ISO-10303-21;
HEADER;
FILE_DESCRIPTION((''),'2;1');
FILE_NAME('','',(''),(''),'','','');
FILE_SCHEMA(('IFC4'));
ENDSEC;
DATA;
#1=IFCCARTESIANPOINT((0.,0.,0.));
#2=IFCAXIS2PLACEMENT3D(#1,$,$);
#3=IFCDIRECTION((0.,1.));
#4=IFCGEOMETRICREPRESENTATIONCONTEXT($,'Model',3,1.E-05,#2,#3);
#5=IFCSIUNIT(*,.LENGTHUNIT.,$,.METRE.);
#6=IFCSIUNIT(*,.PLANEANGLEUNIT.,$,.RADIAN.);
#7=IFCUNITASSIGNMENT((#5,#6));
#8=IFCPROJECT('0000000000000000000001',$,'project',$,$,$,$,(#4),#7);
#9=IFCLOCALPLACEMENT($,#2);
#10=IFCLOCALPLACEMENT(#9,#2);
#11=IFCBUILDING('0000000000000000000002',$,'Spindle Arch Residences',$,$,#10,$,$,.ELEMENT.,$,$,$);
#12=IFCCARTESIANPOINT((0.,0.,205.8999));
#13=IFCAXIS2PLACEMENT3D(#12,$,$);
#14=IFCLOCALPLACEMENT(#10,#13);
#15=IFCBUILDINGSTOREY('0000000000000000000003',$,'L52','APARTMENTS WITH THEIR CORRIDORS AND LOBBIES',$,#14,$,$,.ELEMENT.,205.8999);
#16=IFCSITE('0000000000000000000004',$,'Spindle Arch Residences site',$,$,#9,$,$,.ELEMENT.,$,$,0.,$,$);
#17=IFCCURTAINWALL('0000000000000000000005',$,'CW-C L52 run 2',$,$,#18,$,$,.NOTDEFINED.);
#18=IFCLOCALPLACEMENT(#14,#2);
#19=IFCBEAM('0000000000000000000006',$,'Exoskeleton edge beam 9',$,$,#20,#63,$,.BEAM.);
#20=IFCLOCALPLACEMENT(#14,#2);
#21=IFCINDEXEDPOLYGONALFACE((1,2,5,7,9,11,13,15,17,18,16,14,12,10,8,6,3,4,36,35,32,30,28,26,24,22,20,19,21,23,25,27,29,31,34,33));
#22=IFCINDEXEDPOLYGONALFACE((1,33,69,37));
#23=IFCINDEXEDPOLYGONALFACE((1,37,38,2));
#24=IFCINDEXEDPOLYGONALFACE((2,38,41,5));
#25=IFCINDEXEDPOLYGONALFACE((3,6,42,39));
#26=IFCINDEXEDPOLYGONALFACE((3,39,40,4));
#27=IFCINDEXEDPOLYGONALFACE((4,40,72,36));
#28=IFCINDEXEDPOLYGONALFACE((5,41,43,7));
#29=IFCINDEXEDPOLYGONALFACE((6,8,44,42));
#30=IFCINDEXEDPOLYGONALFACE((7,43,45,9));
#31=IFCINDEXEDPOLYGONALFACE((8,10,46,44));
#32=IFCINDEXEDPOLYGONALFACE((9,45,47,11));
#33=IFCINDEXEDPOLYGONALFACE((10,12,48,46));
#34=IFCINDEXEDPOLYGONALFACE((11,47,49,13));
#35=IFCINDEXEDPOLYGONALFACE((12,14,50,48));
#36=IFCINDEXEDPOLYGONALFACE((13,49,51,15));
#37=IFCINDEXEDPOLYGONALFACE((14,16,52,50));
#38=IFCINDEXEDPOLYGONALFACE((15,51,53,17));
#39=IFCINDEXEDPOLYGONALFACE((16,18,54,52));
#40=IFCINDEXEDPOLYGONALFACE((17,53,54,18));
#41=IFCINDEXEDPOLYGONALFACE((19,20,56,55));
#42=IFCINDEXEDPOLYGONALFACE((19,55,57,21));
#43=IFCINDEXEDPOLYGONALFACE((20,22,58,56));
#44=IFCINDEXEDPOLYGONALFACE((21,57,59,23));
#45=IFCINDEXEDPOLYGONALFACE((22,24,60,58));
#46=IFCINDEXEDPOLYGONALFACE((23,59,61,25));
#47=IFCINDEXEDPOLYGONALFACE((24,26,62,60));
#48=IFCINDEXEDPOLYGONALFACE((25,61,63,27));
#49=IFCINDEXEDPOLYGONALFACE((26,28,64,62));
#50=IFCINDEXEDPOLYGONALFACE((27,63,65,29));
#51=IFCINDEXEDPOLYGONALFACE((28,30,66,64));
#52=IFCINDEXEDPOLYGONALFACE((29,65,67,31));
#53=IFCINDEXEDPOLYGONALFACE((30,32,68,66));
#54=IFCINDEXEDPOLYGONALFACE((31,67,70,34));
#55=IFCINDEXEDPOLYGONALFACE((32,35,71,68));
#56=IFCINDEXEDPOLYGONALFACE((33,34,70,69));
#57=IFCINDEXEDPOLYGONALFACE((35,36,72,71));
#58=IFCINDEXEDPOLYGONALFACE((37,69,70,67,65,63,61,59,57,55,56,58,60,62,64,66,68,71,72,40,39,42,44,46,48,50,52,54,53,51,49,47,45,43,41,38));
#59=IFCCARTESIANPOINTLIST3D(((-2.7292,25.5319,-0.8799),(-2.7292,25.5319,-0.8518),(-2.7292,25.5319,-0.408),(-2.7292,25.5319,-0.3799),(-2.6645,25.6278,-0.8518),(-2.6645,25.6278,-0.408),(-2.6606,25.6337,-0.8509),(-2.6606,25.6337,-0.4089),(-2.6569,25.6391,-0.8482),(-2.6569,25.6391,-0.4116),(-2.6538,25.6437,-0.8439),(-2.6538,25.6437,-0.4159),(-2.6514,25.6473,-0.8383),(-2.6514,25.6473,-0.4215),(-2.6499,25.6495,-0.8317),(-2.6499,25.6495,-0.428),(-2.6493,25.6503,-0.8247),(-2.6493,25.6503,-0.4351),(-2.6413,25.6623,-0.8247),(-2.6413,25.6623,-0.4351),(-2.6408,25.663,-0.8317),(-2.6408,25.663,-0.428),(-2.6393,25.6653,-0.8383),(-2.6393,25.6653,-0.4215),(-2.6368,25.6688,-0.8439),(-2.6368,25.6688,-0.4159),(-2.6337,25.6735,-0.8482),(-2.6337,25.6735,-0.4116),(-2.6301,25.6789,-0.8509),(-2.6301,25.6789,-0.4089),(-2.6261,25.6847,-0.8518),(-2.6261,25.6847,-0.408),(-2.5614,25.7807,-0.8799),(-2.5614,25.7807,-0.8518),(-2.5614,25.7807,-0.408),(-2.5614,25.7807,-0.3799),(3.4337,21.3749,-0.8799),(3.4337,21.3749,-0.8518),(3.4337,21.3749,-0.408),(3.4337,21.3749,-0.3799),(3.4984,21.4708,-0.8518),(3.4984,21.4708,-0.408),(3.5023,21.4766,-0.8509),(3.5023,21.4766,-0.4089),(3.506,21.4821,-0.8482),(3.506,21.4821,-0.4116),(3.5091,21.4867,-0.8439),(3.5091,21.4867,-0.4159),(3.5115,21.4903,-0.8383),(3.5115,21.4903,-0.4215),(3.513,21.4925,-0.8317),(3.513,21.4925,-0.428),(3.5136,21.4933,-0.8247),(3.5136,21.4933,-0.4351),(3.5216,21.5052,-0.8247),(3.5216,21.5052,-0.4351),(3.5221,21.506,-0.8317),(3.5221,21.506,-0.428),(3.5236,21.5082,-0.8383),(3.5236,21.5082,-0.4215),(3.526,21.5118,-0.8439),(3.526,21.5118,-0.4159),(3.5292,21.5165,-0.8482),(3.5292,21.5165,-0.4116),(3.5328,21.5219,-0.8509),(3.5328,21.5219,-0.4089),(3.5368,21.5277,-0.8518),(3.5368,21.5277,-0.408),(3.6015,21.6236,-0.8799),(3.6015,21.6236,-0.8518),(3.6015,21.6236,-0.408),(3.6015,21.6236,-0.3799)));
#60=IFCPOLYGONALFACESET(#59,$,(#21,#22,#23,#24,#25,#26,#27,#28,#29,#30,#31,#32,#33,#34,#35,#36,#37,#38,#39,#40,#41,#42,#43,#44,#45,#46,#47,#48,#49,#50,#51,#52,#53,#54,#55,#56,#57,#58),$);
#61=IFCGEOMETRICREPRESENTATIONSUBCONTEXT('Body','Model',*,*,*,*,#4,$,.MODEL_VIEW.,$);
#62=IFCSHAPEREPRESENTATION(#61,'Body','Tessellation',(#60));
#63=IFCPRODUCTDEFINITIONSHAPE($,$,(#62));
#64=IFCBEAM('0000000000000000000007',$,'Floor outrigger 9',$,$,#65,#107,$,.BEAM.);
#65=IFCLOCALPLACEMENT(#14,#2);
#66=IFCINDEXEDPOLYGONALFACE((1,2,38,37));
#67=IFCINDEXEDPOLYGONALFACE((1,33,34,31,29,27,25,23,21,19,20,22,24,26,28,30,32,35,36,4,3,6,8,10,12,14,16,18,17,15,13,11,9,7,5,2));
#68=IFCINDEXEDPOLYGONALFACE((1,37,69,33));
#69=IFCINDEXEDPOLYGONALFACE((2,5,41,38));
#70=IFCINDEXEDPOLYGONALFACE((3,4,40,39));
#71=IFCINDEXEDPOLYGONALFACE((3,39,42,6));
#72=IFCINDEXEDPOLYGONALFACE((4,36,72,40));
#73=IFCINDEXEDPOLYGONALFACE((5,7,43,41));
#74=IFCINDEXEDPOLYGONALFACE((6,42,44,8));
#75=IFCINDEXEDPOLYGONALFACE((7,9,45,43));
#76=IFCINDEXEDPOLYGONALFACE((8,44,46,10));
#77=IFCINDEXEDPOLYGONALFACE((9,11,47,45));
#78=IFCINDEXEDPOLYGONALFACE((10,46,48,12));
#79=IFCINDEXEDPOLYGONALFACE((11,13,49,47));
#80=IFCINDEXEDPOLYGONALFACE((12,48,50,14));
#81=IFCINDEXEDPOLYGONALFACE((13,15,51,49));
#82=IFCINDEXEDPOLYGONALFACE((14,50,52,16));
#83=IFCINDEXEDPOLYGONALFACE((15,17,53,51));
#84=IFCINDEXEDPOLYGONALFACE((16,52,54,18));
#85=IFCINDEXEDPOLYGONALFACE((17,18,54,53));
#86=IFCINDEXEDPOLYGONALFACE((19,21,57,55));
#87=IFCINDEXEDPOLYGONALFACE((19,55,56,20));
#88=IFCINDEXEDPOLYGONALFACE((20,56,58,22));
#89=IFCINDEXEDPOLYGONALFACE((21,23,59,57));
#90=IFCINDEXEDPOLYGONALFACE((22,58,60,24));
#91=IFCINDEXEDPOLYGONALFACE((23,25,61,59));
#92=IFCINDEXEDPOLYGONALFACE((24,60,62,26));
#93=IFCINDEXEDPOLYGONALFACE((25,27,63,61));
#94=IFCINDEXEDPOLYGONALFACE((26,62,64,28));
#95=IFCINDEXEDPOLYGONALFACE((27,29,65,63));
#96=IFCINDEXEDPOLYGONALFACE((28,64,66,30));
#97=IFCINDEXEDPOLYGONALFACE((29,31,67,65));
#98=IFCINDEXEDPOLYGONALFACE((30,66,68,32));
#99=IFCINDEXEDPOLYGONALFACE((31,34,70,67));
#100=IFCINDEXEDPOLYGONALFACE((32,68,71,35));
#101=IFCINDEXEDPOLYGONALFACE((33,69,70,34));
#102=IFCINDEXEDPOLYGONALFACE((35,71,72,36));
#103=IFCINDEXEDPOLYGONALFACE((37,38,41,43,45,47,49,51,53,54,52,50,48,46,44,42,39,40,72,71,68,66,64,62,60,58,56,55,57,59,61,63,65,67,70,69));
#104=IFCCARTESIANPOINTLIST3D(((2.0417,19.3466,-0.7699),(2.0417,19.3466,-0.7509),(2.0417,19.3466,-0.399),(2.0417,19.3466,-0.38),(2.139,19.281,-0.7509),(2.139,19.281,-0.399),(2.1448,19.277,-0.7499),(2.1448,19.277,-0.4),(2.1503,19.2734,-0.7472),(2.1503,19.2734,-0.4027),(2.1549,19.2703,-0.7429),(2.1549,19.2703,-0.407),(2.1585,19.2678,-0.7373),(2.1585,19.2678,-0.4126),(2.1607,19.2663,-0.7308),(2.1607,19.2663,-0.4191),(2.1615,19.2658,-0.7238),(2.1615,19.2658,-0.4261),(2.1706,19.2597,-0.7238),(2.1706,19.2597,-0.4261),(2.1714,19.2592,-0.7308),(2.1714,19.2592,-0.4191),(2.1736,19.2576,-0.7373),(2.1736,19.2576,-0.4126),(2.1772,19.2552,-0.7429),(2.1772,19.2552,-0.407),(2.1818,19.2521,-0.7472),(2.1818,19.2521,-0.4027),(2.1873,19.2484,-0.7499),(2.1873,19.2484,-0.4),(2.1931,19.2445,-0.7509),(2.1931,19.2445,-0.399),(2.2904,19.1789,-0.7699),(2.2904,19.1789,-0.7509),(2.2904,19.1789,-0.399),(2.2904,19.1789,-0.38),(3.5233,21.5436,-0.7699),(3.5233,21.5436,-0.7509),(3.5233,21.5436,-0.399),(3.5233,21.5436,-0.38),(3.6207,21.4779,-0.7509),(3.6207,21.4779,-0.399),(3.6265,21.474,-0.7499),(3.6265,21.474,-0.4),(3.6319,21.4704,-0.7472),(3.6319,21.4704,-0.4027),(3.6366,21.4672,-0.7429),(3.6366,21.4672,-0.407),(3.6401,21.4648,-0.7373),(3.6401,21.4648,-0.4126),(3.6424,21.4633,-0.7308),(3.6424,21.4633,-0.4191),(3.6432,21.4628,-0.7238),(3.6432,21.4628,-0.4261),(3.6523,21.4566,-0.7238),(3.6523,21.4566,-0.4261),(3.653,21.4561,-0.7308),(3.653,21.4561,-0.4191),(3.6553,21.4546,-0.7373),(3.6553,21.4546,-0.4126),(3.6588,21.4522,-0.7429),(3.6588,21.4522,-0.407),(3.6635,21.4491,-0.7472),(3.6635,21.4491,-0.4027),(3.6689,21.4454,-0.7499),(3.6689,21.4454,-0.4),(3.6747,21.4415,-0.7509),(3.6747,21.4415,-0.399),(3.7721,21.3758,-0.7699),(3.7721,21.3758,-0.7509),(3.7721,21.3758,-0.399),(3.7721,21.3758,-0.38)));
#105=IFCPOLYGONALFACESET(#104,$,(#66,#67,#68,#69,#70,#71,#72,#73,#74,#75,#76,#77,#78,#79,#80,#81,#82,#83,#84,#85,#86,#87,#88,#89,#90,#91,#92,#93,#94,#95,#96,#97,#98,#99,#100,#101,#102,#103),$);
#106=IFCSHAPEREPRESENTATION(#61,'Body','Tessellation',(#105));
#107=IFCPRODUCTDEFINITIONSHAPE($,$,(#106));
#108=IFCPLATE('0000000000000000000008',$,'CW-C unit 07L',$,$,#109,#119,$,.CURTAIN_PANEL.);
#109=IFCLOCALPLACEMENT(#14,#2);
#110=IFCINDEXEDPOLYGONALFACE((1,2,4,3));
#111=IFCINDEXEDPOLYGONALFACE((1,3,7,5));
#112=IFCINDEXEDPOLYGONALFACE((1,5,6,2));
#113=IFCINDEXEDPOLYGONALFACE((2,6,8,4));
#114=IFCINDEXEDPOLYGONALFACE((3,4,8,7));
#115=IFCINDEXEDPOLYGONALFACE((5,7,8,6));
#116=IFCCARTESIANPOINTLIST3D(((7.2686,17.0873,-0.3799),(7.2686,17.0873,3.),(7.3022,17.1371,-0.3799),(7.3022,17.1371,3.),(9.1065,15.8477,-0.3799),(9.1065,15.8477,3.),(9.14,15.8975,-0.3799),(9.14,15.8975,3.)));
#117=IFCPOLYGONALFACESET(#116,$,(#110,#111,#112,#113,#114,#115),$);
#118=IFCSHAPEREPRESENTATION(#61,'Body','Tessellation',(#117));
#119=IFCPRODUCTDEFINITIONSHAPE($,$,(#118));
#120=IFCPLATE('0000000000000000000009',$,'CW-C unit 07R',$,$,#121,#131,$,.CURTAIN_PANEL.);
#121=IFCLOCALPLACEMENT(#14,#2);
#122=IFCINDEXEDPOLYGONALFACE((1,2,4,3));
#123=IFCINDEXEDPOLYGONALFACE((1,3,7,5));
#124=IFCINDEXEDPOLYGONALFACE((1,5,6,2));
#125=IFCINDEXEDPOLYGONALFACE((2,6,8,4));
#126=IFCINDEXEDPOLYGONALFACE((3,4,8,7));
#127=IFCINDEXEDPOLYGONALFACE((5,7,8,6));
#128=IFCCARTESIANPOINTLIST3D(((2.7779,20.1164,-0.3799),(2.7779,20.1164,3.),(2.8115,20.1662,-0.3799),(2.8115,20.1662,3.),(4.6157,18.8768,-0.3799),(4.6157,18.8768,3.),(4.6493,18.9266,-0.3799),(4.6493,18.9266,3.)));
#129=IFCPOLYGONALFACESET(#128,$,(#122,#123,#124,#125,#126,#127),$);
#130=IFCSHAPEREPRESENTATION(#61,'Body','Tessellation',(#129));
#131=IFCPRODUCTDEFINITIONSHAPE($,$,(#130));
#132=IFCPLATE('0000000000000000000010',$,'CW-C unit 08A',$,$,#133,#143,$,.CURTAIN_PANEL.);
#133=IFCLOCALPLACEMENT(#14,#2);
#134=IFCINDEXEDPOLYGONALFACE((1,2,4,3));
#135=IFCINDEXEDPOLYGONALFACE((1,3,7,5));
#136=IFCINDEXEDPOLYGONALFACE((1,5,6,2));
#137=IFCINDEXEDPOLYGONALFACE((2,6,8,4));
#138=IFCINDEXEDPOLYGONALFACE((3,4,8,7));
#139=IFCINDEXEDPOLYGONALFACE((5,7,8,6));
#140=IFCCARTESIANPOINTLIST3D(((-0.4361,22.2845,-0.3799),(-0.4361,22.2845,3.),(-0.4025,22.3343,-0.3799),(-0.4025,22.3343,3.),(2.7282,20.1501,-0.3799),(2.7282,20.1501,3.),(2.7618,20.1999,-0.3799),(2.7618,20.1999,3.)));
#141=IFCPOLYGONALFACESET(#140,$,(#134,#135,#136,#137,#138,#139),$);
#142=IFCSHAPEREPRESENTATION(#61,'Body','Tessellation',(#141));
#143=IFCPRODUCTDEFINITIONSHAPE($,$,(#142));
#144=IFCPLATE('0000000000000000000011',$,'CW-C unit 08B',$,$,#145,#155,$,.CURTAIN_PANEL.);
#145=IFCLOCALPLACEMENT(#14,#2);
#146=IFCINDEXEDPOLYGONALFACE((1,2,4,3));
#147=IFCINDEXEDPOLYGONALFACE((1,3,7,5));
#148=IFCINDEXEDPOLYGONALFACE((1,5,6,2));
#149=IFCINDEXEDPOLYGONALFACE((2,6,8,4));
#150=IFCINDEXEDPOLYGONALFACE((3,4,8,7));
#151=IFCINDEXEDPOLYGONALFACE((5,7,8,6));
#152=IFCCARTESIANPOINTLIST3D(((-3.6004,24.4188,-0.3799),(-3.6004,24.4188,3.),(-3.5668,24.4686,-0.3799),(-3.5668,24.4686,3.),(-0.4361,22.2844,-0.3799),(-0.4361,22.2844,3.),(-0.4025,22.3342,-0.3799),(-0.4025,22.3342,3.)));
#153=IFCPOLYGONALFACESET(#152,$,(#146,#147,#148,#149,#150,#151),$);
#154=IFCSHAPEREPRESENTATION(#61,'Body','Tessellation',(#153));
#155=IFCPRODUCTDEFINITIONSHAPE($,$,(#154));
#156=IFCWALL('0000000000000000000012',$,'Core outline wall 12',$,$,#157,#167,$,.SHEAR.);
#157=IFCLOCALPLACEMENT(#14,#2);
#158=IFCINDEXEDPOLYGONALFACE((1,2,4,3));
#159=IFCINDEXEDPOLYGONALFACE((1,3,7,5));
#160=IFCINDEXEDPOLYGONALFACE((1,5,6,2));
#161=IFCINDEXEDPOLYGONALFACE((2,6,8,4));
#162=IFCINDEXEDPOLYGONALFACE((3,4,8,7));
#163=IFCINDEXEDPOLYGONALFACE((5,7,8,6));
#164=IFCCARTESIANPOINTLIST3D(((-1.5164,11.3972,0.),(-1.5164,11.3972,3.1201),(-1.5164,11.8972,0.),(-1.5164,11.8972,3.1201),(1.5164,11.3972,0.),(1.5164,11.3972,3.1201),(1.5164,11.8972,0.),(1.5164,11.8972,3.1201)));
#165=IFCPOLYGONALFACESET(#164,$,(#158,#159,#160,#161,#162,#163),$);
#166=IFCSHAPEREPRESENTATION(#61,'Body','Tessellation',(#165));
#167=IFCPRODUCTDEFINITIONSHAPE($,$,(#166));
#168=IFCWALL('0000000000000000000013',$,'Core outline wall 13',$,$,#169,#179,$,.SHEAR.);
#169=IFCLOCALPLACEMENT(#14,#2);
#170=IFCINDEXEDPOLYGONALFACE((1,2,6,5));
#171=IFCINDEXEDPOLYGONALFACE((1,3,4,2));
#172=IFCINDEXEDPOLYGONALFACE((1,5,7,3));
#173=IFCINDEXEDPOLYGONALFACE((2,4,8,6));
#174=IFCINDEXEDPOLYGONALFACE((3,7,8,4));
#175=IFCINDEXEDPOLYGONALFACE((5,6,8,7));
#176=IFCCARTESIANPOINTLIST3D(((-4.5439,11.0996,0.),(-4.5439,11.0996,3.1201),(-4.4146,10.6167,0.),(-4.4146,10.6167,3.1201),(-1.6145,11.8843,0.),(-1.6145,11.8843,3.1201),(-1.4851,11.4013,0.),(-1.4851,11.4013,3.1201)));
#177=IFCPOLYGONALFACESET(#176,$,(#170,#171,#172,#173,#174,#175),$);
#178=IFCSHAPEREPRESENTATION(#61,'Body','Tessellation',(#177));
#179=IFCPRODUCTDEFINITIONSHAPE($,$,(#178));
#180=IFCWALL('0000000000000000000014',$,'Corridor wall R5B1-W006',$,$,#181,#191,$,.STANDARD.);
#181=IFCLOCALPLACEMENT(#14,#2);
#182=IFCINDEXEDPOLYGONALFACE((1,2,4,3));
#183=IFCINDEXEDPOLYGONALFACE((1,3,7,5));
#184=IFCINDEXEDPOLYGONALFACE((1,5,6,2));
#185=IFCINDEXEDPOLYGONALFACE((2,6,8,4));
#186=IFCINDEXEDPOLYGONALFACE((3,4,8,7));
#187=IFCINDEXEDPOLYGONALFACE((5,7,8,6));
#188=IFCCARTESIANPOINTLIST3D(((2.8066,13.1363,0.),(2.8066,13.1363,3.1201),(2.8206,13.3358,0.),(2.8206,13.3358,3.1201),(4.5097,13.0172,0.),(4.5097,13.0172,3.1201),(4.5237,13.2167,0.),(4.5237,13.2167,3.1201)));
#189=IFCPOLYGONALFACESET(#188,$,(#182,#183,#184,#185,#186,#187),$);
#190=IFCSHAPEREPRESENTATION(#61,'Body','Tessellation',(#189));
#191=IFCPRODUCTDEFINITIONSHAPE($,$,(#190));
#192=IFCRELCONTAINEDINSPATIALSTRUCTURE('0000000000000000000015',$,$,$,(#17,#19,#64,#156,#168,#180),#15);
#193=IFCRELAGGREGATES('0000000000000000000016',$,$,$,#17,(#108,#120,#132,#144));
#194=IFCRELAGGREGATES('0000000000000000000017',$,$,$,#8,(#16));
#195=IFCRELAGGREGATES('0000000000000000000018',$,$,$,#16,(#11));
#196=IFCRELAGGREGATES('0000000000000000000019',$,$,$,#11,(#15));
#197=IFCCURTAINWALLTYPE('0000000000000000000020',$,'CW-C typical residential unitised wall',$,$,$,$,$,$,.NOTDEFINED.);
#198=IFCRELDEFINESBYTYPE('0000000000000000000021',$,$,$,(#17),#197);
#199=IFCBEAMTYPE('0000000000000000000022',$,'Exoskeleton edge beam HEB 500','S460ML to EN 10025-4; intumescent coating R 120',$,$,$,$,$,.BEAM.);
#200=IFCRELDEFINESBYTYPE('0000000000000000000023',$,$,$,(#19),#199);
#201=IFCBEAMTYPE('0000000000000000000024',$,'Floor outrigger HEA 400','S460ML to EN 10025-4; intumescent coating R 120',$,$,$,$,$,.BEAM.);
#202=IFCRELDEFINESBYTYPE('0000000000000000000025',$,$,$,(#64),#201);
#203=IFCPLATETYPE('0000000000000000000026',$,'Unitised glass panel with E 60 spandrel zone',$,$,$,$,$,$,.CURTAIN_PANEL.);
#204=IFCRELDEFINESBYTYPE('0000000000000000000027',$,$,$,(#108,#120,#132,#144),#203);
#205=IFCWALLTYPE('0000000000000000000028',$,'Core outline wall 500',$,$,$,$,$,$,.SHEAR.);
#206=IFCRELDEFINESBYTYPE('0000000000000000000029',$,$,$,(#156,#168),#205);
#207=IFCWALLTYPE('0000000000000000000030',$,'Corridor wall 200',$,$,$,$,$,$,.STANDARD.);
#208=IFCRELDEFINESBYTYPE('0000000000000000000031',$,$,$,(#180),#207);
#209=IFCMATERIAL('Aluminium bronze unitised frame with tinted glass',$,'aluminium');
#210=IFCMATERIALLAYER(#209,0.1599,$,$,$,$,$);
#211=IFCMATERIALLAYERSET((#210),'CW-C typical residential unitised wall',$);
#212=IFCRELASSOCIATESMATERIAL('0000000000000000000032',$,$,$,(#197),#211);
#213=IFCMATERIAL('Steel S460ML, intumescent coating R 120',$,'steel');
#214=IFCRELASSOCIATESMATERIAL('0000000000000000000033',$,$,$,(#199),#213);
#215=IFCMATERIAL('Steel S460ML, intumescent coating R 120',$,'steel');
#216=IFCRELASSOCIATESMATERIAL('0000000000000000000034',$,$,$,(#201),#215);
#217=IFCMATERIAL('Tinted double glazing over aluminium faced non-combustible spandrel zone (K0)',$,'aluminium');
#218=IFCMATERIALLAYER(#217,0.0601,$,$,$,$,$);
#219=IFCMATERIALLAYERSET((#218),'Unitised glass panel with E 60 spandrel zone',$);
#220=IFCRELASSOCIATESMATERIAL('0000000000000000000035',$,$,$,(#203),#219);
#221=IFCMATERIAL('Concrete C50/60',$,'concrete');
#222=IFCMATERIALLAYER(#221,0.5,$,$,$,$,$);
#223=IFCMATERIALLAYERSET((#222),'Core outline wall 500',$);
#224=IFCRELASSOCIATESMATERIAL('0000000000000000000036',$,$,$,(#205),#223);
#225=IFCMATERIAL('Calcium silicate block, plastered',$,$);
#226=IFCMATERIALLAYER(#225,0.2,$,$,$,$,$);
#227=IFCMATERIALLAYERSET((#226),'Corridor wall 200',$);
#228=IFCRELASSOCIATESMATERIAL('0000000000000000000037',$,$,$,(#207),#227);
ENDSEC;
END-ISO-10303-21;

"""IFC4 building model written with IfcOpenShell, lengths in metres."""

from ifc_helpers import new_model, si_unit, direction, frame, frame_2d, origin, origin_2d, place, context, subcontext, project, spatial, rectangle, i_section, extrude, material, layer, layer_set, material_profile, profile_set, type_object, element, aggregate, save


model = new_model("IFC4")

# Units and contexts
model_context = context("Model", 3, precision=1e-05, world=origin(), true_north=direction((0.0, 1.0)))
body_context = subcontext(model_context, "Body", "Model", "MODEL_VIEW")
ifc_project = project(units=[si_unit("LENGTHUNIT", "METRE"), si_unit("PLANEANGLEUNIT", "RADIAN")], contexts=[model_context])

# Site, building, storey
site_placement = place(None, origin())
site = spatial("IfcSite", under=ifc_project, at=site_placement, Name="Spindle Arch Residences site", CompositionType="ELEMENT", RefElevation=0.0)
building_placement = place(site_placement, origin())
building = spatial("IfcBuilding", under=site, at=building_placement, Name="Spindle Arch Residences", CompositionType="ELEMENT")
storey_placement = place(building_placement, frame((0.0, 0.0, 205.8999)))
storey = spatial("IfcBuildingStorey", under=building, at=storey_placement, Name="L52", Description="APARTMENTS WITH THEIR CORRIDORS AND LOBBIES", CompositionType="ELEMENT", Elevation=205.8999)

# Curtain wall
ifc_material_1 = material(Name="Aluminium bronze unitised frame with tinted glass", Category="aluminium")
ifc_layer_1 = layer(ifc_material_1, 0.1599)
ifc_layer_set_1 = layer_set([ifc_layer_1], Name="CW-C typical residential unitised wall")
curtain_wall_type = type_object("IfcCurtainWallType", Name="CW-C typical residential unitised wall", PredefinedType="NOTDEFINED", material=ifc_layer_set_1)
curtain_wall_placement = place(storey_placement, origin())
curtain_wall = element("IfcCurtainWall", 1, at=curtain_wall_placement, inside=storey, type_object=curtain_wall_type, Name="CW-C L52 run 2", PredefinedType="NOTDEFINED")

# Beams
ifc_material_2 = material(Name="Steel S460ML, intumescent coating R 120", Category="steel")
ifc_material_profile_1 = material_profile(ifc_material_2, i_section(OverallWidth=0.3, OverallDepth=0.5, WebThickness=0.0144, FlangeThickness=0.0281, FilletRadius=0.0271, at=origin_2d()), Name="HEB 500")
ifc_profile_set_1 = profile_set([ifc_material_profile_1], Name="Steel S460ML, intumescent coating R 120")
beam_type_1 = type_object("IfcBeamType", Name="Exoskeleton edge beam HEB 500", Description="S460ML to EN 10025-4; intumescent coating R 120", PredefinedType="BEAM", material=ifc_profile_set_1)
for number, where, z_axis, x_axis, name in (
    (2, (3.5176, 21.4993, -0.6299), (-0.829032, 0.559202, 0.0), (-0.559202, -0.829032, 0.0), "Exoskeleton edge beam 9"),
):
    element("IfcBeam", number, at=place(storey_placement, frame(where, z_axis=z_axis, x_axis=x_axis)), inside=storey, type_object=beam_type_1, Name=name, PredefinedType="BEAM", context=body_context, shape_type="SweptSolid", body=[
        extrude(i_section(OverallWidth=0.3, OverallDepth=0.5, WebThickness=0.0144, FlangeThickness=0.0281, FilletRadius=0.0271, at=origin_2d()), origin(), (0.0, 0.0, 1.0), 7.4338),
    ])
ifc_material_3 = material(Name="Steel S460ML, intumescent coating R 120", Category="steel")
ifc_material_profile_2 = material_profile(ifc_material_3, i_section(OverallWidth=0.3, OverallDepth=0.3899, WebThickness=0.011, FlangeThickness=0.019, FilletRadius=0.0271, at=origin_2d()), Name="HEA 400")
ifc_profile_set_2 = profile_set([ifc_material_profile_2], Name="Steel S460ML, intumescent coating R 120")
beam_type_2 = type_object("IfcBeamType", Name="Floor outrigger HEA 400", Description="S460ML to EN 10025-4; intumescent coating R 120", PredefinedType="BEAM", material=ifc_profile_set_2)
beam_placement = place(storey_placement, frame((3.6477, 21.4597, -0.575), z_axis=(-0.559136, -0.829076, 0.0), x_axis=(0.829076, -0.559136, 0.0)))
element("IfcBeam", 3, at=beam_placement, inside=storey, type_object=beam_type_2, Name="Floor outrigger 9", PredefinedType="BEAM", context=body_context, shape_type="SweptSolid", body=[
    extrude(i_section(OverallWidth=0.3, OverallDepth=0.3899, WebThickness=0.011, FlangeThickness=0.019, FilletRadius=0.0271, at=origin_2d()), origin(), (0.0, 0.0, 1.0), 2.6499),
])

# Plates
ifc_material_4 = material(Name="Tinted double glazing over aluminium faced non-combustible spandrel zone (K0)", Category="aluminium")
ifc_layer_2 = layer(ifc_material_4, 0.0601)
ifc_layer_set_2 = layer_set([ifc_layer_2], Name="Unitised glass panel with E 60 spandrel zone")
plate_type = type_object("IfcPlateType", Name="Unitised glass panel with E 60 spandrel zone", PredefinedType="CURTAIN_PANEL", material=ifc_layer_set_2)
plate_1_placement = place(storey_placement, frame((8.2043, 16.4924, -0.3799), z_axis=(0.0, 0.0, 1.0), x_axis=(-0.829038, 0.559193, 0.0)))
plate_1 = element("IfcPlate", 4, at=plate_1_placement, type_object=plate_type, Name="CW-C unit 07L", PredefinedType="CURTAIN_PANEL", context=body_context, shape_type="SweptSolid", body=[
    extrude(rectangle(XDim=2.2168, YDim=0.0601, at=origin_2d()), origin(), (0.0, 0.0, 1.0), 3.3799),
])
plate_2_placement = place(storey_placement, frame((3.7136, 19.5215, -0.3799), z_axis=(0.0, 0.0, 1.0), x_axis=(-0.829038, 0.559193, 0.0)))
plate_2 = element("IfcPlate", 5, at=plate_2_placement, type_object=plate_type, Name="CW-C unit 07R", PredefinedType="CURTAIN_PANEL", context=body_context, shape_type="SweptSolid", body=[
    extrude(rectangle(XDim=2.2168, YDim=0.0601, at=origin_2d()), origin(), (0.0, 0.0, 1.0), 3.3799),
])
plate_3_placement = place(storey_placement, frame((1.1628, 21.2422, -0.3799), z_axis=(0.0, 0.0, 1.0), x_axis=(-0.829038, 0.559193, 0.0)))
plate_3 = element("IfcPlate", 6, at=plate_3_placement, type_object=plate_type, Name="CW-C unit 08A", PredefinedType="CURTAIN_PANEL", context=body_context, shape_type="SweptSolid", body=[
    extrude(rectangle(XDim=3.8169, YDim=0.0601, at=origin_2d()), origin(), (0.0, 0.0, 1.0), 3.3799),
])
plate_4_placement = place(storey_placement, frame((-2.0015, 23.3765, -0.3799), z_axis=(0.0, 0.0, 1.0), x_axis=(-0.829038, 0.559193, 0.0)))
plate_4 = element("IfcPlate", 7, at=plate_4_placement, type_object=plate_type, Name="CW-C unit 08B", PredefinedType="CURTAIN_PANEL", context=body_context, shape_type="SweptSolid", body=[
    extrude(rectangle(XDim=3.8169, YDim=0.0601, at=origin_2d()), origin(), (0.0, 0.0, 1.0), 3.3799),
])
aggregate(curtain_wall, [plate_1, plate_2, plate_3, plate_4])

# Walls
ifc_material_5 = material(Name="Concrete C50/60", Category="concrete")
ifc_layer_3 = layer(ifc_material_5, 0.5)
ifc_layer_set_3 = layer_set([ifc_layer_3], Name="Core outline wall 500")
wall_type_1 = type_object("IfcWallType", Name="Core outline wall 500", PredefinedType="SHEAR", material=ifc_layer_set_3)
for number, where, z_axis, x_axis, name in (
    (8, (1.5164, 11.6472, 0.0), (0.0, 0.0, 1.0), (-1.0, 0.0, 0.0), "Core outline wall 12"),
    (9, (-1.5498, 11.6428, 0.0), (0.0, 0.0, 1.0), (-0.965948, -0.258735, 0.0), "Core outline wall 13"),
):
    element("IfcWall", number, at=place(storey_placement, frame(where, z_axis=z_axis, x_axis=x_axis)), inside=storey, type_object=wall_type_1, Name=name, PredefinedType="SHEAR", context=body_context, shape_type="SweptSolid", body=[
        extrude(rectangle(XDim=3.0327, YDim=0.5, at=frame_2d((1.5164, 0.0))), origin(), (0.0, 0.0, 1.0), 3.1201),
    ])
ifc_material_6 = material(Name="Calcium silicate block, plastered")
ifc_layer_4 = layer(ifc_material_6, 0.2)
ifc_layer_set_4 = layer_set([ifc_layer_4], Name="Corridor wall 200")
wall_type_2 = type_object("IfcWallType", Name="Corridor wall 200", PredefinedType="STANDARD", material=ifc_layer_set_4)
wall_1_placement = place(storey_placement, frame((4.5166, 13.1169, 0.0), z_axis=(0.0, 0.0, 1.0), x_axis=(-0.997562, 0.069784, 0.0)))
element("IfcWall", 10, at=wall_1_placement, inside=storey, type_object=wall_type_2, Name="Corridor wall R5B1-W006", PredefinedType="STANDARD", context=body_context, shape_type="SweptSolid", body=[
    extrude(rectangle(XDim=1.7073, YDim=0.2, at=frame_2d((0.8535, 0.0))), origin(), (0.0, 0.0, 1.0), 3.1201),
])

save(model, "model.ifc")
